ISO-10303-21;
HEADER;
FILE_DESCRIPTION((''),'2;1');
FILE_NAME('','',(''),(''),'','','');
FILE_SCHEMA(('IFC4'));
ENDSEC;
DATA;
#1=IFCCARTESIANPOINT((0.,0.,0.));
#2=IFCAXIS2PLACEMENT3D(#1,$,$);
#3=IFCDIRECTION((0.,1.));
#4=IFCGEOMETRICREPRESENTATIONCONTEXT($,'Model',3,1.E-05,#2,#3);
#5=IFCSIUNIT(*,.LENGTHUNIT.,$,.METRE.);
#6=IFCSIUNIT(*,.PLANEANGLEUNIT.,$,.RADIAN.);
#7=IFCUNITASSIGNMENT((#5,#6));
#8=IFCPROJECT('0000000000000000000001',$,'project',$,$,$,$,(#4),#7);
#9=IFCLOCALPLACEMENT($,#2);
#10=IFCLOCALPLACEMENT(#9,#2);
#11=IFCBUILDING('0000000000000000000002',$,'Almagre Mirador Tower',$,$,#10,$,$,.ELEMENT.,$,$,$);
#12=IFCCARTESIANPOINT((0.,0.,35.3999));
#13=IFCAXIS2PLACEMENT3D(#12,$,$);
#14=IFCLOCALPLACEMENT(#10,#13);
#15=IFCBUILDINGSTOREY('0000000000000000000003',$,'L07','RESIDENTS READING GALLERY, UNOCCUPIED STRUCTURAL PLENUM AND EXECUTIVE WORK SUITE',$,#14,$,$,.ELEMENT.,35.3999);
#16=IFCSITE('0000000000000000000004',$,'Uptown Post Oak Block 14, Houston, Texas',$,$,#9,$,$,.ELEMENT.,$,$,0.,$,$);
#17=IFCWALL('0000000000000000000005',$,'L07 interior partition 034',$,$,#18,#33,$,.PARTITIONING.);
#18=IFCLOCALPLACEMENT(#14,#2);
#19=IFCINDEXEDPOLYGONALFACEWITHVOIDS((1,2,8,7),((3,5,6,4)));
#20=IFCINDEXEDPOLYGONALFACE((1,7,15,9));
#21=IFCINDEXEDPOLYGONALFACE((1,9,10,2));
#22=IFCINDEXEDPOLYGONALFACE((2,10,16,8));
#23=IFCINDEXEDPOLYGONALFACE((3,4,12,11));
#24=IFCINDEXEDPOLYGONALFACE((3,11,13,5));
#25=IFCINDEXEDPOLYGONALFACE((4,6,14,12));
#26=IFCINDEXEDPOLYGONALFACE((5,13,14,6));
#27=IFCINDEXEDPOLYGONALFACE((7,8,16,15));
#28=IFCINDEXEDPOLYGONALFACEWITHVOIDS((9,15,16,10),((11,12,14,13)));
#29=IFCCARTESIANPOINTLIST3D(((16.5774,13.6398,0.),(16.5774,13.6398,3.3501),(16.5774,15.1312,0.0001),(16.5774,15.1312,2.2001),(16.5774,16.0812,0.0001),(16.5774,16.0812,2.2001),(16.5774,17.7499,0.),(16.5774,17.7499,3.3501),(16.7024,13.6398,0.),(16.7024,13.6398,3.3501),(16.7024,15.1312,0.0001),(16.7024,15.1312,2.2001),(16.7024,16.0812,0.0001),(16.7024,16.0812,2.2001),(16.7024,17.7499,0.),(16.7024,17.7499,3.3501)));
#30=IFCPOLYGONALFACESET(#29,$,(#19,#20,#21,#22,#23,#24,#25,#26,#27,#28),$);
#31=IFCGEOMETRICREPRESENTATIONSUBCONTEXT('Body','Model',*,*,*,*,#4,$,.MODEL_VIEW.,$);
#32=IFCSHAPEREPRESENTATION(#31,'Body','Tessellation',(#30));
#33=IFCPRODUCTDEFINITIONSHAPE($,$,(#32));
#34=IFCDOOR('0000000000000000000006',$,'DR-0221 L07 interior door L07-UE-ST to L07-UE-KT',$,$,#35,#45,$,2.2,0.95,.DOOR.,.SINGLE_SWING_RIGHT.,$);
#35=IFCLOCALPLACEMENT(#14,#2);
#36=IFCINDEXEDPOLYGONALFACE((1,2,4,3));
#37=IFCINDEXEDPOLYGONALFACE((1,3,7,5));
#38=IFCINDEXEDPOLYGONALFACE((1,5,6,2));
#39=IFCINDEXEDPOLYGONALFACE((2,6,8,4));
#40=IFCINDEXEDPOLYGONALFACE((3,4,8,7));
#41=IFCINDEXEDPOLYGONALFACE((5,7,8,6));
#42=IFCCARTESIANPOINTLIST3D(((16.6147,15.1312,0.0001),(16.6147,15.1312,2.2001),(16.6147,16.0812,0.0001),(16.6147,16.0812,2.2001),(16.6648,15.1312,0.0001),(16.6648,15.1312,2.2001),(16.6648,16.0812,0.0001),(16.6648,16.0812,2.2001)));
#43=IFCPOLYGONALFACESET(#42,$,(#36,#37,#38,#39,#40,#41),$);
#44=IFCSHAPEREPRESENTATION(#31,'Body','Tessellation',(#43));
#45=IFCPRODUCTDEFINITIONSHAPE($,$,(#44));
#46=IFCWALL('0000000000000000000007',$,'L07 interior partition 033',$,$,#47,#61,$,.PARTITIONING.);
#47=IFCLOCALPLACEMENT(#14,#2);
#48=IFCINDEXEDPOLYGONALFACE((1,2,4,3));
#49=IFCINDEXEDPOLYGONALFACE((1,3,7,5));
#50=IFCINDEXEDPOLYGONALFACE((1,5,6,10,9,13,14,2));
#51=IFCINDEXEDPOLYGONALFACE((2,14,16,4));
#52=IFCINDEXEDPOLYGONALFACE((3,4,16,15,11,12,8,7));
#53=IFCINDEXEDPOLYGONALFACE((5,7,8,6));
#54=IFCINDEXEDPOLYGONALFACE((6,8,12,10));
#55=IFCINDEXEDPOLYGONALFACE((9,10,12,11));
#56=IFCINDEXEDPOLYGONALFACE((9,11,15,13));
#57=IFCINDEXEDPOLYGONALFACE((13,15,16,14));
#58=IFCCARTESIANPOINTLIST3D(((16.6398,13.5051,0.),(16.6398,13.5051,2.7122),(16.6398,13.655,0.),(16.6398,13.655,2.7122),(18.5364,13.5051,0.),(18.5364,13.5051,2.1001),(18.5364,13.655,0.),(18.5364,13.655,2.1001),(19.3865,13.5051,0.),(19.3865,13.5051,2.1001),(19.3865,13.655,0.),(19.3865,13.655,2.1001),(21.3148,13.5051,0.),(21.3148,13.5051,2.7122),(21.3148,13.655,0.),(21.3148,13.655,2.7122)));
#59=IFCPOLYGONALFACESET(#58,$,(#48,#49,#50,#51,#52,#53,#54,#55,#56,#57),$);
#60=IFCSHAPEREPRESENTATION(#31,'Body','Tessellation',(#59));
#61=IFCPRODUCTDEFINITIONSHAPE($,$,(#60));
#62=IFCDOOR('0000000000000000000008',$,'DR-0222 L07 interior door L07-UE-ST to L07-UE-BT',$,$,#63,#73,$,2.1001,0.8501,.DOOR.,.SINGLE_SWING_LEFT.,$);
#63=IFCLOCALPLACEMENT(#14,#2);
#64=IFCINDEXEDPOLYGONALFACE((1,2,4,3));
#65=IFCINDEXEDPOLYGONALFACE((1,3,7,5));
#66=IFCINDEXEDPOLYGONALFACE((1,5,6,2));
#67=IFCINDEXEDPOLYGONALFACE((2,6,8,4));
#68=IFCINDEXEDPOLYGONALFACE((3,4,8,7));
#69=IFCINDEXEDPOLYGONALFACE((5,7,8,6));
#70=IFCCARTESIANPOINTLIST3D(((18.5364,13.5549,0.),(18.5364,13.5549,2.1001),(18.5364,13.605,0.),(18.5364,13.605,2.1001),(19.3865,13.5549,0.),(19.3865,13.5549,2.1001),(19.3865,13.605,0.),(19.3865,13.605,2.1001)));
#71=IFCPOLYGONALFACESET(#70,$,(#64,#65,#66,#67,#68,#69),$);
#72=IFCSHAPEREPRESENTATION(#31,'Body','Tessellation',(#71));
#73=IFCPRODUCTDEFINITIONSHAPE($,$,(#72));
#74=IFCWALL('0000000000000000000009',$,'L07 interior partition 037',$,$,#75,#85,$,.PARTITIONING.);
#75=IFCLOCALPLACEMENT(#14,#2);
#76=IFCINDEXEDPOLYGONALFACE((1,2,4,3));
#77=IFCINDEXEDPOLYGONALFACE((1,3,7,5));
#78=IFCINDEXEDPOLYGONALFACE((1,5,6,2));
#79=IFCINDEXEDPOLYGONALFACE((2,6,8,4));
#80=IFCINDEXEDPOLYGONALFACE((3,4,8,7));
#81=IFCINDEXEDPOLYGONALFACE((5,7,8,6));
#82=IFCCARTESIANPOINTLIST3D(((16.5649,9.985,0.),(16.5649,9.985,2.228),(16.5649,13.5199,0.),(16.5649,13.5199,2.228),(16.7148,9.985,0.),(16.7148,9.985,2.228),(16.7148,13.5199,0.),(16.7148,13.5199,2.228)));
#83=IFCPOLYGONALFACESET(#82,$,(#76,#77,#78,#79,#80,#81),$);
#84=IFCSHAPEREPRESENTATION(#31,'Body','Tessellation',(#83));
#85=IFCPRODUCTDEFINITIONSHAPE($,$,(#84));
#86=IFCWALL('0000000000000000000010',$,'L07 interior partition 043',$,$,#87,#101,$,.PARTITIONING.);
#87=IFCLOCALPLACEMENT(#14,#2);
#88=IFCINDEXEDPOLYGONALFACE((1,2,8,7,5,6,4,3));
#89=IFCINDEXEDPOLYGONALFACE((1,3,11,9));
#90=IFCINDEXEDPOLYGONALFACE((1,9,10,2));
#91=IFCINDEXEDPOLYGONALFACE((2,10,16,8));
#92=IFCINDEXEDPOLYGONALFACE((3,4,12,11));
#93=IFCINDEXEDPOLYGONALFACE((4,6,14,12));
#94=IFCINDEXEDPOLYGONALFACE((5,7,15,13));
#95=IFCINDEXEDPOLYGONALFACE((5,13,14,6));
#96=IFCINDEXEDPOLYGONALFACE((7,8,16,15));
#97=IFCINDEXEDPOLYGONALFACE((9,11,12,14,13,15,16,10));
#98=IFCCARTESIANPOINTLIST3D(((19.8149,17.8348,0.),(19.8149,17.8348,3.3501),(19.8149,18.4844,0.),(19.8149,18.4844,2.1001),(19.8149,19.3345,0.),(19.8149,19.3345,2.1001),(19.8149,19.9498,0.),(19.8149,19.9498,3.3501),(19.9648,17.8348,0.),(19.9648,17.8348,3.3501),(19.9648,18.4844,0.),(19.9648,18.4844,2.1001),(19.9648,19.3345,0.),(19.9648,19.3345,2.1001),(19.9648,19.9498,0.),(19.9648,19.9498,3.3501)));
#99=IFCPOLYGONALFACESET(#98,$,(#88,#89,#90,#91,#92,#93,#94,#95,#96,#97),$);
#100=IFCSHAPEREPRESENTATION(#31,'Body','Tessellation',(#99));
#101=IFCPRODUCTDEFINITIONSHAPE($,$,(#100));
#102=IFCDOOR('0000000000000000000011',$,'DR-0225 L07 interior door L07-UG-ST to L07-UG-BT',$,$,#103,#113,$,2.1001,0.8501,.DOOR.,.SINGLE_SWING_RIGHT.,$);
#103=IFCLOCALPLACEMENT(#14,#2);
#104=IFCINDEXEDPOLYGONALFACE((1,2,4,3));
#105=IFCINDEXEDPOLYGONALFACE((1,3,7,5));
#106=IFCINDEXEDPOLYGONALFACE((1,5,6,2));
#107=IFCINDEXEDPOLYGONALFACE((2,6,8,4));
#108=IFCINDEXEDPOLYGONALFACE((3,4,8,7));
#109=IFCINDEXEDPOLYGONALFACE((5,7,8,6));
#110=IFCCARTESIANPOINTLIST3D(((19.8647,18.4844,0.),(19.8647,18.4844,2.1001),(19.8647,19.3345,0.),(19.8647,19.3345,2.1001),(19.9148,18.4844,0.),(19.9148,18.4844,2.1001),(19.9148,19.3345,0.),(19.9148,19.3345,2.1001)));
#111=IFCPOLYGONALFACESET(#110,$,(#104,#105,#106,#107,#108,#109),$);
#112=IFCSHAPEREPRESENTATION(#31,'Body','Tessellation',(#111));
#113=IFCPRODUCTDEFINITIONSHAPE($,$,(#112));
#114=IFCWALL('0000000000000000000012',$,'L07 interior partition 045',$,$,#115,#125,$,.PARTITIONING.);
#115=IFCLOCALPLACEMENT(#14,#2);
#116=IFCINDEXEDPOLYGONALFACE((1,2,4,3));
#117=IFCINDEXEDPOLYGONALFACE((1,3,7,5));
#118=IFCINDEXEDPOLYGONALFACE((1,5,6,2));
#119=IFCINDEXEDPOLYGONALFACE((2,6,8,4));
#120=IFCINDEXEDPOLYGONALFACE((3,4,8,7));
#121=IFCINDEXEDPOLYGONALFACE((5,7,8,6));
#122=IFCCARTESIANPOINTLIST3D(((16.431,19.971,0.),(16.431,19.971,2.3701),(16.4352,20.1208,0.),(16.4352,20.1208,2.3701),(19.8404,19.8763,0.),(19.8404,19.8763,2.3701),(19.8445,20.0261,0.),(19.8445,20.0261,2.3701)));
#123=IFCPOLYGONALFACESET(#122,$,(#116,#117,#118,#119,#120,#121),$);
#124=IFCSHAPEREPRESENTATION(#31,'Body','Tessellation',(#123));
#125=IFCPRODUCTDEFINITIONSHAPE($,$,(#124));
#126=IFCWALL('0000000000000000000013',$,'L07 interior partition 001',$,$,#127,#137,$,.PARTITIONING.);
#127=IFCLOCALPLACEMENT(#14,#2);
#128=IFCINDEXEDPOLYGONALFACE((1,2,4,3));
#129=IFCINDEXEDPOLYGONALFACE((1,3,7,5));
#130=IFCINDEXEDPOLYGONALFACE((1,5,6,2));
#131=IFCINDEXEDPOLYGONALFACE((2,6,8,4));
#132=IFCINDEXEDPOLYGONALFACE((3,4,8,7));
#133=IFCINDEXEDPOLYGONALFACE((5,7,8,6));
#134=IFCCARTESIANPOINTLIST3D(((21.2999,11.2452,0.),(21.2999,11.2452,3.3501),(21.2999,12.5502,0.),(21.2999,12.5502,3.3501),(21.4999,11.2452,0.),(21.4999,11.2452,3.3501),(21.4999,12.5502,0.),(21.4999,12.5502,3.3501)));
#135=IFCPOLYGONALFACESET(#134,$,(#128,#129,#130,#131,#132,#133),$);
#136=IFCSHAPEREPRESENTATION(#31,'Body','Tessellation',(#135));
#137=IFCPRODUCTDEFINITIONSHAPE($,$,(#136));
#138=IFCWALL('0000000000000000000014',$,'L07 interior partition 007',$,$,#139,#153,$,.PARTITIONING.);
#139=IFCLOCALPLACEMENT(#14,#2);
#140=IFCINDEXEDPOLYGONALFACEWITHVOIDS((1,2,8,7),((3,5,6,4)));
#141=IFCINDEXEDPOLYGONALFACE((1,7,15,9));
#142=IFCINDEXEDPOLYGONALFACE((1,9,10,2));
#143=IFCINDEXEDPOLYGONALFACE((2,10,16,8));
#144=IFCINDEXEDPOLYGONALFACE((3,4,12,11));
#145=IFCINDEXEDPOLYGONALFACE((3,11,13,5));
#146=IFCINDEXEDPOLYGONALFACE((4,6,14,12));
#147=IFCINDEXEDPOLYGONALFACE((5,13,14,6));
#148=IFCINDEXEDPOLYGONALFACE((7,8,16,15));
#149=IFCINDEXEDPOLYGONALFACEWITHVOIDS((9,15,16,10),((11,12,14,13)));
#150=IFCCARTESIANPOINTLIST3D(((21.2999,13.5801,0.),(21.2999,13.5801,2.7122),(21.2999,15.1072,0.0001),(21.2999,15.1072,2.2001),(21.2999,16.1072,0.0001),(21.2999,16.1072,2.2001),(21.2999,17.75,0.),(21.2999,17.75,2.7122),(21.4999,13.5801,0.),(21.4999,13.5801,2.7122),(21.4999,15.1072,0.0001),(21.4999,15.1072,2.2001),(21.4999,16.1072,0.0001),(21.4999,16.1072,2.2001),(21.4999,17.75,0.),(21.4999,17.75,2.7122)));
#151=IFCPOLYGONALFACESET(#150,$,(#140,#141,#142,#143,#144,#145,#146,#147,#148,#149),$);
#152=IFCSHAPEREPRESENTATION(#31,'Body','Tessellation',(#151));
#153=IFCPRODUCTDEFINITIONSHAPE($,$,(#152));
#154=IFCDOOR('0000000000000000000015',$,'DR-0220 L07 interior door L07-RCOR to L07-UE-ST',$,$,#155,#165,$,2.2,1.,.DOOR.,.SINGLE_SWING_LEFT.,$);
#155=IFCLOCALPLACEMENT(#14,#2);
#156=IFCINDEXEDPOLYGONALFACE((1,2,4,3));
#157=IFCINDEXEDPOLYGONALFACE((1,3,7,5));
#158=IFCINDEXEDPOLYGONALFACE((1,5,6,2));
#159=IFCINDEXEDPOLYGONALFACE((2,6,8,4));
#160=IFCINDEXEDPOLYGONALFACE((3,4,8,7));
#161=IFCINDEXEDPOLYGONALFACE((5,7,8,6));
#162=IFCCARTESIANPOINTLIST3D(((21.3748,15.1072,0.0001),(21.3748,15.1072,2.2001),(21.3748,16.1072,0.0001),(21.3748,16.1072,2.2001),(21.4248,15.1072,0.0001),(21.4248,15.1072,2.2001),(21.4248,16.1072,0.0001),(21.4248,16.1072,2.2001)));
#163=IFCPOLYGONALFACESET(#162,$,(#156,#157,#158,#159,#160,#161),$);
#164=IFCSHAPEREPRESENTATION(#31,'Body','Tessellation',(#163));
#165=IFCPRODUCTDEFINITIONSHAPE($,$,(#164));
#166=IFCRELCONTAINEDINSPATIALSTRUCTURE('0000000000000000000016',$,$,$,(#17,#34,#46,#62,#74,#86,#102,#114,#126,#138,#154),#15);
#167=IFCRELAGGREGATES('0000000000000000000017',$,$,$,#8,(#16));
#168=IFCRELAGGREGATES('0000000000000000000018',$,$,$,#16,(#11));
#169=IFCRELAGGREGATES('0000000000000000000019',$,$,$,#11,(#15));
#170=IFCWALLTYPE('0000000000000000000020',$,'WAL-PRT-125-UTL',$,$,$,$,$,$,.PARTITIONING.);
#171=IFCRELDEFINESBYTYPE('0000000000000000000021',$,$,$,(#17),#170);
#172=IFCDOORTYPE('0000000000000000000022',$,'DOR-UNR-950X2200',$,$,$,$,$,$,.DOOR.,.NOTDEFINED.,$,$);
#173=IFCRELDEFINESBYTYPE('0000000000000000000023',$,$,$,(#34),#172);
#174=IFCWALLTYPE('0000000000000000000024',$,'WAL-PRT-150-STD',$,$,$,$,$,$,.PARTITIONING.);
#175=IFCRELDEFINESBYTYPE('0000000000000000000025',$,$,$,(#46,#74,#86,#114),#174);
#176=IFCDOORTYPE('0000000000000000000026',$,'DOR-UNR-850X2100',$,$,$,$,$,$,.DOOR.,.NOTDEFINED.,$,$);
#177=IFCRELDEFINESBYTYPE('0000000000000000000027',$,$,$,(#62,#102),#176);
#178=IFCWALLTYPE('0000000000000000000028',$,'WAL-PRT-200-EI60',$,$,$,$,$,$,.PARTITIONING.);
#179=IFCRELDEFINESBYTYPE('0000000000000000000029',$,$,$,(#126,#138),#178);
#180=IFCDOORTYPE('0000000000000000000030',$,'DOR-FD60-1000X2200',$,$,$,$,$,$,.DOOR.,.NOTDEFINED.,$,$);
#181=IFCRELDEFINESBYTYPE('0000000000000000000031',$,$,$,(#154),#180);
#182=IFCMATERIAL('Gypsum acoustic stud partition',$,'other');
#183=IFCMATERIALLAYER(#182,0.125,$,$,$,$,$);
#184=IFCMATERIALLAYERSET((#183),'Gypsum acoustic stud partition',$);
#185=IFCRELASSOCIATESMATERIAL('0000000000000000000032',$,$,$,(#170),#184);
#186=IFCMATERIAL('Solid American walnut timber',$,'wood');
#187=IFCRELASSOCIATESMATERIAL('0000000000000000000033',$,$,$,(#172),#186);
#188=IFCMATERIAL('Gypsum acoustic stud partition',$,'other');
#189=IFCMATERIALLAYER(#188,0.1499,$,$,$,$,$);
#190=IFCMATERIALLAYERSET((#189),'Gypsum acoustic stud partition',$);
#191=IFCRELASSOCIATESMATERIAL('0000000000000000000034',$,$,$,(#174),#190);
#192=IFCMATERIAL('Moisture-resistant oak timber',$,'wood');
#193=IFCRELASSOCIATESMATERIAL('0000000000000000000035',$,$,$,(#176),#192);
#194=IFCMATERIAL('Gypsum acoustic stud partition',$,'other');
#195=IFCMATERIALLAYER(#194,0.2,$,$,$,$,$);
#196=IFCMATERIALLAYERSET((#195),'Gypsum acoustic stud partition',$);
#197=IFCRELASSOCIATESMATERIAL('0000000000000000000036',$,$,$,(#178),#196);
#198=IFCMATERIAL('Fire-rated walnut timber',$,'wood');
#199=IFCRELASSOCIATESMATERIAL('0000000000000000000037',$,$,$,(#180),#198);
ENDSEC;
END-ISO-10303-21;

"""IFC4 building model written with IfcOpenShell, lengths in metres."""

from ifc_helpers import new_model, si_unit, direction, frame, frame_2d, origin, place, context, subcontext, project, spatial, rectangle, extrude, material, layer, layer_set, type_object, element, fill, save


model = new_model("IFC4")

# Units and contexts
model_context = context("Model", 3, precision=1e-05, world=origin(), true_north=direction((0.0, 1.0)))
body_context = subcontext(model_context, "Body", "Model", "MODEL_VIEW")
ifc_project = project(units=[si_unit("LENGTHUNIT", "METRE"), si_unit("PLANEANGLEUNIT", "RADIAN")], contexts=[model_context])

# Site, building, storey
site_placement = place(None, origin())
site = spatial("IfcSite", under=ifc_project, at=site_placement, Name="Uptown Post Oak Block 14, Houston, Texas", CompositionType="ELEMENT", RefElevation=0.0)
building_placement = place(site_placement, origin())
building = spatial("IfcBuilding", under=site, at=building_placement, Name="Almagre Mirador Tower", CompositionType="ELEMENT")
storey_placement = place(building_placement, frame((0.0, 0.0, 35.3999)))
storey = spatial("IfcBuildingStorey", under=building, at=storey_placement, Name="L07", Description="RESIDENTS READING GALLERY, UNOCCUPIED STRUCTURAL PLENUM AND EXECUTIVE WORK SUITE", CompositionType="ELEMENT", Elevation=35.3999)

# Walls, openings, doors
ifc_material_1 = material(Name="Gypsum acoustic stud partition", Category="other")
ifc_layer_1 = layer(ifc_material_1, 0.125)
ifc_layer_set_1 = layer_set([ifc_layer_1], Name="Gypsum acoustic stud partition")
wall_type_1 = type_object("IfcWallType", Name="WAL-PRT-125-UTL", PredefinedType="PARTITIONING", material=ifc_layer_set_1)
wall_1_placement = place(storey_placement, frame((16.6399, 17.75, 0.0), z_axis=(0.0, 0.0, 1.0), x_axis=(0.0, -1.0, 0.0)))
wall_1 = element("IfcWall", 1, at=wall_1_placement, inside=storey, type_object=wall_type_1, Name="L07 interior partition 034", PredefinedType="PARTITIONING", context=body_context, shape_type="SweptSolid", body=[
    extrude(rectangle(XDim=4.1101, YDim=0.125, at=frame_2d((2.0552, 0.0))), origin(), (0.0, 0.0, 1.0), 3.3501),
])
opening_1_placement = place(wall_1_placement, frame((1.6687, 0.0, 0.0)))
opening_1 = element("IfcOpeningElement", 2, at=opening_1_placement, cuts=wall_1, PredefinedType="OPENING", context=body_context, shape_type="SweptSolid", body=[
    extrude(rectangle(XDim=0.95, YDim=2.2, at=frame_2d((0.4751, 1.1001))), frame((0.0, 0.0725, 0.0), z_axis=(0.0, -1.0, 0.0), x_axis=(1.0, 0.0, 0.0)), (0.0, 0.0, 1.0), 0.145),
])
ifc_material_2 = material(Name="Solid American walnut timber", Category="wood")
door_type_1 = type_object("IfcDoorType", Name="DOR-UNR-950X2200", OperationType="NOTDEFINED", PredefinedType="DOOR", material=ifc_material_2)
door_1_placement = place(opening_1_placement, origin())
door_1 = element("IfcDoor", 3, at=door_1_placement, inside=storey, type_object=door_type_1, Name="DR-0221 L07 interior door L07-UE-ST to L07-UE-KT", OperationType="SINGLE_SWING_RIGHT", OverallHeight=2.2, OverallWidth=0.95, PredefinedType="DOOR", context=body_context, shape_type="SweptSolid", body=[
    extrude(rectangle(XDim=0.95, YDim=2.2, at=frame_2d((0.4751, 1.1001))), frame((0.0, 0.0249, 0.0), z_axis=(0.0, -1.0, 0.0), x_axis=(1.0, 0.0, 0.0)), (0.0, 0.0, 1.0), 0.05),
])
fill(opening_1, door_1)
ifc_material_3 = material(Name="Gypsum acoustic stud partition", Category="other")
ifc_layer_2 = layer(ifc_material_3, 0.1499)
ifc_layer_set_2 = layer_set([ifc_layer_2], Name="Gypsum acoustic stud partition")
wall_type_2 = type_object("IfcWallType", Name="WAL-PRT-150-STD", PredefinedType="PARTITIONING", material=ifc_layer_set_2)
wall_2_placement = place(storey_placement, frame((16.6399, 13.5801, 0.0), z_axis=(0.0, 0.0, 1.0), x_axis=(1.0, 0.0, 0.0)))
wall_2 = element("IfcWall", 4, at=wall_2_placement, inside=storey, type_object=wall_type_2, Name="L07 interior partition 033", PredefinedType="PARTITIONING", context=body_context, shape_type="SweptSolid", body=[
    extrude(rectangle(XDim=4.675, YDim=0.1499, at=frame_2d((2.3374, 0.0))), origin(), (0.0, 0.0, 1.0), 2.7122),
])
opening_2_placement = place(wall_2_placement, frame((1.8965, 0.0, 0.0)))
opening_2 = element("IfcOpeningElement", 5, at=opening_2_placement, cuts=wall_2, PredefinedType="OPENING", context=body_context, shape_type="SweptSolid", body=[
    extrude(rectangle(XDim=0.8501, YDim=2.1001, at=frame_2d((0.425, 1.05))), frame((0.0, 0.085, 0.0), z_axis=(0.0, -1.0, 0.0), x_axis=(1.0, 0.0, 0.0)), (0.0, 0.0, 1.0), 0.1699),
])
ifc_material_4 = material(Name="Moisture-resistant oak timber", Category="wood")
door_type_2 = type_object("IfcDoorType", Name="DOR-UNR-850X2100", OperationType="NOTDEFINED", PredefinedType="DOOR", material=ifc_material_4)
door_2_placement = place(opening_2_placement, origin())
door_2 = element("IfcDoor", 6, at=door_2_placement, inside=storey, type_object=door_type_2, Name="DR-0222 L07 interior door L07-UE-ST to L07-UE-BT", OperationType="SINGLE_SWING_LEFT", OverallHeight=2.1001, OverallWidth=0.8501, PredefinedType="DOOR", context=body_context, shape_type="SweptSolid", body=[
    extrude(rectangle(XDim=0.8501, YDim=2.1001, at=frame_2d((0.425, 1.05))), frame((0.0, 0.0249, 0.0), z_axis=(0.0, -1.0, 0.0), x_axis=(1.0, 0.0, 0.0)), (0.0, 0.0, 1.0), 0.05),
])
fill(opening_2, door_2)

# Wall
wall_3_placement = place(storey_placement, frame((16.6399, 13.52, 0.0), z_axis=(0.0, 0.0, 1.0), x_axis=(0.0, -1.0, 0.0)))
element("IfcWall", 7, at=wall_3_placement, inside=storey, type_object=wall_type_2, Name="L07 interior partition 037", PredefinedType="PARTITIONING", context=body_context, shape_type="SweptSolid", body=[
    extrude(rectangle(XDim=3.5349, YDim=0.1499, at=frame_2d((1.7676, 0.0))), origin(), (0.0, 0.0, 1.0), 2.228),
])

# Wall, opening, door
wall_4_placement = place(storey_placement, frame((19.8899, 19.95, 0.0), z_axis=(0.0, 0.0, 1.0), x_axis=(0.0, -1.0, 0.0)))
wall_4 = element("IfcWall", 8, at=wall_4_placement, inside=storey, type_object=wall_type_2, Name="L07 interior partition 043", PredefinedType="PARTITIONING", context=body_context, shape_type="SweptSolid", body=[
    extrude(rectangle(XDim=2.115, YDim=0.1499, at=frame_2d((1.0576, 0.0))), origin(), (0.0, 0.0, 1.0), 3.3501),
])
opening_3_placement = place(wall_4_placement, frame((0.6155, 0.0, 0.0)))
opening_3 = element("IfcOpeningElement", 9, at=opening_3_placement, cuts=wall_4, PredefinedType="OPENING", context=body_context, shape_type="SweptSolid", body=[
    extrude(rectangle(XDim=0.8501, YDim=2.1001, at=frame_2d((0.425, 1.05))), frame((0.0, 0.085, 0.0), z_axis=(0.0, -1.0, 0.0), x_axis=(1.0, 0.0, 0.0)), (0.0, 0.0, 1.0), 0.1699),
])
door_3_placement = place(opening_3_placement, origin())
door_3 = element("IfcDoor", 10, at=door_3_placement, inside=storey, type_object=door_type_2, Name="DR-0225 L07 interior door L07-UG-ST to L07-UG-BT", OperationType="SINGLE_SWING_RIGHT", OverallHeight=2.1001, OverallWidth=0.8501, PredefinedType="DOOR", context=body_context, shape_type="SweptSolid", body=[
    extrude(rectangle(XDim=0.8501, YDim=2.1001, at=frame_2d((0.425, 1.05))), frame((0.0, 0.0249, 0.0), z_axis=(0.0, -1.0, 0.0), x_axis=(1.0, 0.0, 0.0)), (0.0, 0.0, 1.0), 0.05),
])
fill(opening_3, door_3)

# Walls
wall_5_placement = place(storey_placement, frame((16.4331, 20.0459, 0.0), z_axis=(0.0, 0.0, 1.0), x_axis=(0.999614, -0.027773, 0.0)))
element("IfcWall", 11, at=wall_5_placement, inside=storey, type_object=wall_type_2, Name="L07 interior partition 045", PredefinedType="PARTITIONING", context=body_context, shape_type="SweptSolid", body=[
    extrude(rectangle(XDim=3.4106, YDim=0.1499, at=frame_2d((1.7053, 0.0))), origin(), (0.0, 0.0, 1.0), 2.3701),
])
ifc_material_5 = material(Name="Gypsum acoustic stud partition", Category="other")
ifc_layer_3 = layer(ifc_material_5, 0.2)
ifc_layer_set_3 = layer_set([ifc_layer_3], Name="Gypsum acoustic stud partition")
wall_type_3 = type_object("IfcWallType", Name="WAL-PRT-200-EI60", PredefinedType="PARTITIONING", material=ifc_layer_set_3)
wall_6_placement = place(storey_placement, frame((21.3999, 12.55, 0.0), z_axis=(0.0, 0.0, 1.0), x_axis=(0.0, -1.0, 0.0)))
element("IfcWall", 12, at=wall_6_placement, inside=storey, type_object=wall_type_3, Name="L07 interior partition 001", PredefinedType="PARTITIONING", context=body_context, shape_type="SweptSolid", body=[
    extrude(rectangle(XDim=1.3049, YDim=0.2, at=frame_2d((0.6523, 0.0))), origin(), (0.0, 0.0, 1.0), 3.3501),
])

# Wall, opening, door
wall_7_placement = place(storey_placement, frame((21.3999, 17.75, 0.0), z_axis=(0.0, 0.0, 1.0), x_axis=(0.0, -1.0, 0.0)))
wall_7 = element("IfcWall", 13, at=wall_7_placement, inside=storey, type_object=wall_type_3, Name="L07 interior partition 007", PredefinedType="PARTITIONING", context=body_context, shape_type="SweptSolid", body=[
    extrude(rectangle(XDim=4.1699, YDim=0.2, at=frame_2d((2.085, 0.0))), origin(), (0.0, 0.0, 1.0), 2.7122),
])
opening_4_placement = place(wall_7_placement, frame((1.6428, 0.0, 0.0)))
opening_4 = element("IfcOpeningElement", 14, at=opening_4_placement, cuts=wall_7, PredefinedType="OPENING", context=body_context, shape_type="SweptSolid", body=[
    extrude(rectangle(XDim=1.0, YDim=2.2, at=frame_2d((0.5, 1.1001))), frame((0.0, 0.1101, 0.0), z_axis=(0.0, -1.0, 0.0), x_axis=(1.0, 0.0, 0.0)), (0.0, 0.0, 1.0), 0.22),
])
ifc_material_6 = material(Name="Fire-rated walnut timber", Category="wood")
door_type_3 = type_object("IfcDoorType", Name="DOR-FD60-1000X2200", OperationType="NOTDEFINED", PredefinedType="DOOR", material=ifc_material_6)
door_4_placement = place(opening_4_placement, origin())
door_4 = element("IfcDoor", 15, at=door_4_placement, inside=storey, type_object=door_type_3, Name="DR-0220 L07 interior door L07-RCOR to L07-UE-ST", OperationType="SINGLE_SWING_LEFT", OverallHeight=2.2, OverallWidth=1.0, PredefinedType="DOOR", context=body_context, shape_type="SweptSolid", body=[
    extrude(rectangle(XDim=1.0, YDim=2.2, at=frame_2d((0.5, 1.1001))), frame((0.0, 0.0249, 0.0), z_axis=(0.0, -1.0, 0.0), x_axis=(1.0, 0.0, 0.0)), (0.0, 0.0, 1.0), 0.05),
])
fill(opening_4, door_4)

save(model, "model.ifc")
